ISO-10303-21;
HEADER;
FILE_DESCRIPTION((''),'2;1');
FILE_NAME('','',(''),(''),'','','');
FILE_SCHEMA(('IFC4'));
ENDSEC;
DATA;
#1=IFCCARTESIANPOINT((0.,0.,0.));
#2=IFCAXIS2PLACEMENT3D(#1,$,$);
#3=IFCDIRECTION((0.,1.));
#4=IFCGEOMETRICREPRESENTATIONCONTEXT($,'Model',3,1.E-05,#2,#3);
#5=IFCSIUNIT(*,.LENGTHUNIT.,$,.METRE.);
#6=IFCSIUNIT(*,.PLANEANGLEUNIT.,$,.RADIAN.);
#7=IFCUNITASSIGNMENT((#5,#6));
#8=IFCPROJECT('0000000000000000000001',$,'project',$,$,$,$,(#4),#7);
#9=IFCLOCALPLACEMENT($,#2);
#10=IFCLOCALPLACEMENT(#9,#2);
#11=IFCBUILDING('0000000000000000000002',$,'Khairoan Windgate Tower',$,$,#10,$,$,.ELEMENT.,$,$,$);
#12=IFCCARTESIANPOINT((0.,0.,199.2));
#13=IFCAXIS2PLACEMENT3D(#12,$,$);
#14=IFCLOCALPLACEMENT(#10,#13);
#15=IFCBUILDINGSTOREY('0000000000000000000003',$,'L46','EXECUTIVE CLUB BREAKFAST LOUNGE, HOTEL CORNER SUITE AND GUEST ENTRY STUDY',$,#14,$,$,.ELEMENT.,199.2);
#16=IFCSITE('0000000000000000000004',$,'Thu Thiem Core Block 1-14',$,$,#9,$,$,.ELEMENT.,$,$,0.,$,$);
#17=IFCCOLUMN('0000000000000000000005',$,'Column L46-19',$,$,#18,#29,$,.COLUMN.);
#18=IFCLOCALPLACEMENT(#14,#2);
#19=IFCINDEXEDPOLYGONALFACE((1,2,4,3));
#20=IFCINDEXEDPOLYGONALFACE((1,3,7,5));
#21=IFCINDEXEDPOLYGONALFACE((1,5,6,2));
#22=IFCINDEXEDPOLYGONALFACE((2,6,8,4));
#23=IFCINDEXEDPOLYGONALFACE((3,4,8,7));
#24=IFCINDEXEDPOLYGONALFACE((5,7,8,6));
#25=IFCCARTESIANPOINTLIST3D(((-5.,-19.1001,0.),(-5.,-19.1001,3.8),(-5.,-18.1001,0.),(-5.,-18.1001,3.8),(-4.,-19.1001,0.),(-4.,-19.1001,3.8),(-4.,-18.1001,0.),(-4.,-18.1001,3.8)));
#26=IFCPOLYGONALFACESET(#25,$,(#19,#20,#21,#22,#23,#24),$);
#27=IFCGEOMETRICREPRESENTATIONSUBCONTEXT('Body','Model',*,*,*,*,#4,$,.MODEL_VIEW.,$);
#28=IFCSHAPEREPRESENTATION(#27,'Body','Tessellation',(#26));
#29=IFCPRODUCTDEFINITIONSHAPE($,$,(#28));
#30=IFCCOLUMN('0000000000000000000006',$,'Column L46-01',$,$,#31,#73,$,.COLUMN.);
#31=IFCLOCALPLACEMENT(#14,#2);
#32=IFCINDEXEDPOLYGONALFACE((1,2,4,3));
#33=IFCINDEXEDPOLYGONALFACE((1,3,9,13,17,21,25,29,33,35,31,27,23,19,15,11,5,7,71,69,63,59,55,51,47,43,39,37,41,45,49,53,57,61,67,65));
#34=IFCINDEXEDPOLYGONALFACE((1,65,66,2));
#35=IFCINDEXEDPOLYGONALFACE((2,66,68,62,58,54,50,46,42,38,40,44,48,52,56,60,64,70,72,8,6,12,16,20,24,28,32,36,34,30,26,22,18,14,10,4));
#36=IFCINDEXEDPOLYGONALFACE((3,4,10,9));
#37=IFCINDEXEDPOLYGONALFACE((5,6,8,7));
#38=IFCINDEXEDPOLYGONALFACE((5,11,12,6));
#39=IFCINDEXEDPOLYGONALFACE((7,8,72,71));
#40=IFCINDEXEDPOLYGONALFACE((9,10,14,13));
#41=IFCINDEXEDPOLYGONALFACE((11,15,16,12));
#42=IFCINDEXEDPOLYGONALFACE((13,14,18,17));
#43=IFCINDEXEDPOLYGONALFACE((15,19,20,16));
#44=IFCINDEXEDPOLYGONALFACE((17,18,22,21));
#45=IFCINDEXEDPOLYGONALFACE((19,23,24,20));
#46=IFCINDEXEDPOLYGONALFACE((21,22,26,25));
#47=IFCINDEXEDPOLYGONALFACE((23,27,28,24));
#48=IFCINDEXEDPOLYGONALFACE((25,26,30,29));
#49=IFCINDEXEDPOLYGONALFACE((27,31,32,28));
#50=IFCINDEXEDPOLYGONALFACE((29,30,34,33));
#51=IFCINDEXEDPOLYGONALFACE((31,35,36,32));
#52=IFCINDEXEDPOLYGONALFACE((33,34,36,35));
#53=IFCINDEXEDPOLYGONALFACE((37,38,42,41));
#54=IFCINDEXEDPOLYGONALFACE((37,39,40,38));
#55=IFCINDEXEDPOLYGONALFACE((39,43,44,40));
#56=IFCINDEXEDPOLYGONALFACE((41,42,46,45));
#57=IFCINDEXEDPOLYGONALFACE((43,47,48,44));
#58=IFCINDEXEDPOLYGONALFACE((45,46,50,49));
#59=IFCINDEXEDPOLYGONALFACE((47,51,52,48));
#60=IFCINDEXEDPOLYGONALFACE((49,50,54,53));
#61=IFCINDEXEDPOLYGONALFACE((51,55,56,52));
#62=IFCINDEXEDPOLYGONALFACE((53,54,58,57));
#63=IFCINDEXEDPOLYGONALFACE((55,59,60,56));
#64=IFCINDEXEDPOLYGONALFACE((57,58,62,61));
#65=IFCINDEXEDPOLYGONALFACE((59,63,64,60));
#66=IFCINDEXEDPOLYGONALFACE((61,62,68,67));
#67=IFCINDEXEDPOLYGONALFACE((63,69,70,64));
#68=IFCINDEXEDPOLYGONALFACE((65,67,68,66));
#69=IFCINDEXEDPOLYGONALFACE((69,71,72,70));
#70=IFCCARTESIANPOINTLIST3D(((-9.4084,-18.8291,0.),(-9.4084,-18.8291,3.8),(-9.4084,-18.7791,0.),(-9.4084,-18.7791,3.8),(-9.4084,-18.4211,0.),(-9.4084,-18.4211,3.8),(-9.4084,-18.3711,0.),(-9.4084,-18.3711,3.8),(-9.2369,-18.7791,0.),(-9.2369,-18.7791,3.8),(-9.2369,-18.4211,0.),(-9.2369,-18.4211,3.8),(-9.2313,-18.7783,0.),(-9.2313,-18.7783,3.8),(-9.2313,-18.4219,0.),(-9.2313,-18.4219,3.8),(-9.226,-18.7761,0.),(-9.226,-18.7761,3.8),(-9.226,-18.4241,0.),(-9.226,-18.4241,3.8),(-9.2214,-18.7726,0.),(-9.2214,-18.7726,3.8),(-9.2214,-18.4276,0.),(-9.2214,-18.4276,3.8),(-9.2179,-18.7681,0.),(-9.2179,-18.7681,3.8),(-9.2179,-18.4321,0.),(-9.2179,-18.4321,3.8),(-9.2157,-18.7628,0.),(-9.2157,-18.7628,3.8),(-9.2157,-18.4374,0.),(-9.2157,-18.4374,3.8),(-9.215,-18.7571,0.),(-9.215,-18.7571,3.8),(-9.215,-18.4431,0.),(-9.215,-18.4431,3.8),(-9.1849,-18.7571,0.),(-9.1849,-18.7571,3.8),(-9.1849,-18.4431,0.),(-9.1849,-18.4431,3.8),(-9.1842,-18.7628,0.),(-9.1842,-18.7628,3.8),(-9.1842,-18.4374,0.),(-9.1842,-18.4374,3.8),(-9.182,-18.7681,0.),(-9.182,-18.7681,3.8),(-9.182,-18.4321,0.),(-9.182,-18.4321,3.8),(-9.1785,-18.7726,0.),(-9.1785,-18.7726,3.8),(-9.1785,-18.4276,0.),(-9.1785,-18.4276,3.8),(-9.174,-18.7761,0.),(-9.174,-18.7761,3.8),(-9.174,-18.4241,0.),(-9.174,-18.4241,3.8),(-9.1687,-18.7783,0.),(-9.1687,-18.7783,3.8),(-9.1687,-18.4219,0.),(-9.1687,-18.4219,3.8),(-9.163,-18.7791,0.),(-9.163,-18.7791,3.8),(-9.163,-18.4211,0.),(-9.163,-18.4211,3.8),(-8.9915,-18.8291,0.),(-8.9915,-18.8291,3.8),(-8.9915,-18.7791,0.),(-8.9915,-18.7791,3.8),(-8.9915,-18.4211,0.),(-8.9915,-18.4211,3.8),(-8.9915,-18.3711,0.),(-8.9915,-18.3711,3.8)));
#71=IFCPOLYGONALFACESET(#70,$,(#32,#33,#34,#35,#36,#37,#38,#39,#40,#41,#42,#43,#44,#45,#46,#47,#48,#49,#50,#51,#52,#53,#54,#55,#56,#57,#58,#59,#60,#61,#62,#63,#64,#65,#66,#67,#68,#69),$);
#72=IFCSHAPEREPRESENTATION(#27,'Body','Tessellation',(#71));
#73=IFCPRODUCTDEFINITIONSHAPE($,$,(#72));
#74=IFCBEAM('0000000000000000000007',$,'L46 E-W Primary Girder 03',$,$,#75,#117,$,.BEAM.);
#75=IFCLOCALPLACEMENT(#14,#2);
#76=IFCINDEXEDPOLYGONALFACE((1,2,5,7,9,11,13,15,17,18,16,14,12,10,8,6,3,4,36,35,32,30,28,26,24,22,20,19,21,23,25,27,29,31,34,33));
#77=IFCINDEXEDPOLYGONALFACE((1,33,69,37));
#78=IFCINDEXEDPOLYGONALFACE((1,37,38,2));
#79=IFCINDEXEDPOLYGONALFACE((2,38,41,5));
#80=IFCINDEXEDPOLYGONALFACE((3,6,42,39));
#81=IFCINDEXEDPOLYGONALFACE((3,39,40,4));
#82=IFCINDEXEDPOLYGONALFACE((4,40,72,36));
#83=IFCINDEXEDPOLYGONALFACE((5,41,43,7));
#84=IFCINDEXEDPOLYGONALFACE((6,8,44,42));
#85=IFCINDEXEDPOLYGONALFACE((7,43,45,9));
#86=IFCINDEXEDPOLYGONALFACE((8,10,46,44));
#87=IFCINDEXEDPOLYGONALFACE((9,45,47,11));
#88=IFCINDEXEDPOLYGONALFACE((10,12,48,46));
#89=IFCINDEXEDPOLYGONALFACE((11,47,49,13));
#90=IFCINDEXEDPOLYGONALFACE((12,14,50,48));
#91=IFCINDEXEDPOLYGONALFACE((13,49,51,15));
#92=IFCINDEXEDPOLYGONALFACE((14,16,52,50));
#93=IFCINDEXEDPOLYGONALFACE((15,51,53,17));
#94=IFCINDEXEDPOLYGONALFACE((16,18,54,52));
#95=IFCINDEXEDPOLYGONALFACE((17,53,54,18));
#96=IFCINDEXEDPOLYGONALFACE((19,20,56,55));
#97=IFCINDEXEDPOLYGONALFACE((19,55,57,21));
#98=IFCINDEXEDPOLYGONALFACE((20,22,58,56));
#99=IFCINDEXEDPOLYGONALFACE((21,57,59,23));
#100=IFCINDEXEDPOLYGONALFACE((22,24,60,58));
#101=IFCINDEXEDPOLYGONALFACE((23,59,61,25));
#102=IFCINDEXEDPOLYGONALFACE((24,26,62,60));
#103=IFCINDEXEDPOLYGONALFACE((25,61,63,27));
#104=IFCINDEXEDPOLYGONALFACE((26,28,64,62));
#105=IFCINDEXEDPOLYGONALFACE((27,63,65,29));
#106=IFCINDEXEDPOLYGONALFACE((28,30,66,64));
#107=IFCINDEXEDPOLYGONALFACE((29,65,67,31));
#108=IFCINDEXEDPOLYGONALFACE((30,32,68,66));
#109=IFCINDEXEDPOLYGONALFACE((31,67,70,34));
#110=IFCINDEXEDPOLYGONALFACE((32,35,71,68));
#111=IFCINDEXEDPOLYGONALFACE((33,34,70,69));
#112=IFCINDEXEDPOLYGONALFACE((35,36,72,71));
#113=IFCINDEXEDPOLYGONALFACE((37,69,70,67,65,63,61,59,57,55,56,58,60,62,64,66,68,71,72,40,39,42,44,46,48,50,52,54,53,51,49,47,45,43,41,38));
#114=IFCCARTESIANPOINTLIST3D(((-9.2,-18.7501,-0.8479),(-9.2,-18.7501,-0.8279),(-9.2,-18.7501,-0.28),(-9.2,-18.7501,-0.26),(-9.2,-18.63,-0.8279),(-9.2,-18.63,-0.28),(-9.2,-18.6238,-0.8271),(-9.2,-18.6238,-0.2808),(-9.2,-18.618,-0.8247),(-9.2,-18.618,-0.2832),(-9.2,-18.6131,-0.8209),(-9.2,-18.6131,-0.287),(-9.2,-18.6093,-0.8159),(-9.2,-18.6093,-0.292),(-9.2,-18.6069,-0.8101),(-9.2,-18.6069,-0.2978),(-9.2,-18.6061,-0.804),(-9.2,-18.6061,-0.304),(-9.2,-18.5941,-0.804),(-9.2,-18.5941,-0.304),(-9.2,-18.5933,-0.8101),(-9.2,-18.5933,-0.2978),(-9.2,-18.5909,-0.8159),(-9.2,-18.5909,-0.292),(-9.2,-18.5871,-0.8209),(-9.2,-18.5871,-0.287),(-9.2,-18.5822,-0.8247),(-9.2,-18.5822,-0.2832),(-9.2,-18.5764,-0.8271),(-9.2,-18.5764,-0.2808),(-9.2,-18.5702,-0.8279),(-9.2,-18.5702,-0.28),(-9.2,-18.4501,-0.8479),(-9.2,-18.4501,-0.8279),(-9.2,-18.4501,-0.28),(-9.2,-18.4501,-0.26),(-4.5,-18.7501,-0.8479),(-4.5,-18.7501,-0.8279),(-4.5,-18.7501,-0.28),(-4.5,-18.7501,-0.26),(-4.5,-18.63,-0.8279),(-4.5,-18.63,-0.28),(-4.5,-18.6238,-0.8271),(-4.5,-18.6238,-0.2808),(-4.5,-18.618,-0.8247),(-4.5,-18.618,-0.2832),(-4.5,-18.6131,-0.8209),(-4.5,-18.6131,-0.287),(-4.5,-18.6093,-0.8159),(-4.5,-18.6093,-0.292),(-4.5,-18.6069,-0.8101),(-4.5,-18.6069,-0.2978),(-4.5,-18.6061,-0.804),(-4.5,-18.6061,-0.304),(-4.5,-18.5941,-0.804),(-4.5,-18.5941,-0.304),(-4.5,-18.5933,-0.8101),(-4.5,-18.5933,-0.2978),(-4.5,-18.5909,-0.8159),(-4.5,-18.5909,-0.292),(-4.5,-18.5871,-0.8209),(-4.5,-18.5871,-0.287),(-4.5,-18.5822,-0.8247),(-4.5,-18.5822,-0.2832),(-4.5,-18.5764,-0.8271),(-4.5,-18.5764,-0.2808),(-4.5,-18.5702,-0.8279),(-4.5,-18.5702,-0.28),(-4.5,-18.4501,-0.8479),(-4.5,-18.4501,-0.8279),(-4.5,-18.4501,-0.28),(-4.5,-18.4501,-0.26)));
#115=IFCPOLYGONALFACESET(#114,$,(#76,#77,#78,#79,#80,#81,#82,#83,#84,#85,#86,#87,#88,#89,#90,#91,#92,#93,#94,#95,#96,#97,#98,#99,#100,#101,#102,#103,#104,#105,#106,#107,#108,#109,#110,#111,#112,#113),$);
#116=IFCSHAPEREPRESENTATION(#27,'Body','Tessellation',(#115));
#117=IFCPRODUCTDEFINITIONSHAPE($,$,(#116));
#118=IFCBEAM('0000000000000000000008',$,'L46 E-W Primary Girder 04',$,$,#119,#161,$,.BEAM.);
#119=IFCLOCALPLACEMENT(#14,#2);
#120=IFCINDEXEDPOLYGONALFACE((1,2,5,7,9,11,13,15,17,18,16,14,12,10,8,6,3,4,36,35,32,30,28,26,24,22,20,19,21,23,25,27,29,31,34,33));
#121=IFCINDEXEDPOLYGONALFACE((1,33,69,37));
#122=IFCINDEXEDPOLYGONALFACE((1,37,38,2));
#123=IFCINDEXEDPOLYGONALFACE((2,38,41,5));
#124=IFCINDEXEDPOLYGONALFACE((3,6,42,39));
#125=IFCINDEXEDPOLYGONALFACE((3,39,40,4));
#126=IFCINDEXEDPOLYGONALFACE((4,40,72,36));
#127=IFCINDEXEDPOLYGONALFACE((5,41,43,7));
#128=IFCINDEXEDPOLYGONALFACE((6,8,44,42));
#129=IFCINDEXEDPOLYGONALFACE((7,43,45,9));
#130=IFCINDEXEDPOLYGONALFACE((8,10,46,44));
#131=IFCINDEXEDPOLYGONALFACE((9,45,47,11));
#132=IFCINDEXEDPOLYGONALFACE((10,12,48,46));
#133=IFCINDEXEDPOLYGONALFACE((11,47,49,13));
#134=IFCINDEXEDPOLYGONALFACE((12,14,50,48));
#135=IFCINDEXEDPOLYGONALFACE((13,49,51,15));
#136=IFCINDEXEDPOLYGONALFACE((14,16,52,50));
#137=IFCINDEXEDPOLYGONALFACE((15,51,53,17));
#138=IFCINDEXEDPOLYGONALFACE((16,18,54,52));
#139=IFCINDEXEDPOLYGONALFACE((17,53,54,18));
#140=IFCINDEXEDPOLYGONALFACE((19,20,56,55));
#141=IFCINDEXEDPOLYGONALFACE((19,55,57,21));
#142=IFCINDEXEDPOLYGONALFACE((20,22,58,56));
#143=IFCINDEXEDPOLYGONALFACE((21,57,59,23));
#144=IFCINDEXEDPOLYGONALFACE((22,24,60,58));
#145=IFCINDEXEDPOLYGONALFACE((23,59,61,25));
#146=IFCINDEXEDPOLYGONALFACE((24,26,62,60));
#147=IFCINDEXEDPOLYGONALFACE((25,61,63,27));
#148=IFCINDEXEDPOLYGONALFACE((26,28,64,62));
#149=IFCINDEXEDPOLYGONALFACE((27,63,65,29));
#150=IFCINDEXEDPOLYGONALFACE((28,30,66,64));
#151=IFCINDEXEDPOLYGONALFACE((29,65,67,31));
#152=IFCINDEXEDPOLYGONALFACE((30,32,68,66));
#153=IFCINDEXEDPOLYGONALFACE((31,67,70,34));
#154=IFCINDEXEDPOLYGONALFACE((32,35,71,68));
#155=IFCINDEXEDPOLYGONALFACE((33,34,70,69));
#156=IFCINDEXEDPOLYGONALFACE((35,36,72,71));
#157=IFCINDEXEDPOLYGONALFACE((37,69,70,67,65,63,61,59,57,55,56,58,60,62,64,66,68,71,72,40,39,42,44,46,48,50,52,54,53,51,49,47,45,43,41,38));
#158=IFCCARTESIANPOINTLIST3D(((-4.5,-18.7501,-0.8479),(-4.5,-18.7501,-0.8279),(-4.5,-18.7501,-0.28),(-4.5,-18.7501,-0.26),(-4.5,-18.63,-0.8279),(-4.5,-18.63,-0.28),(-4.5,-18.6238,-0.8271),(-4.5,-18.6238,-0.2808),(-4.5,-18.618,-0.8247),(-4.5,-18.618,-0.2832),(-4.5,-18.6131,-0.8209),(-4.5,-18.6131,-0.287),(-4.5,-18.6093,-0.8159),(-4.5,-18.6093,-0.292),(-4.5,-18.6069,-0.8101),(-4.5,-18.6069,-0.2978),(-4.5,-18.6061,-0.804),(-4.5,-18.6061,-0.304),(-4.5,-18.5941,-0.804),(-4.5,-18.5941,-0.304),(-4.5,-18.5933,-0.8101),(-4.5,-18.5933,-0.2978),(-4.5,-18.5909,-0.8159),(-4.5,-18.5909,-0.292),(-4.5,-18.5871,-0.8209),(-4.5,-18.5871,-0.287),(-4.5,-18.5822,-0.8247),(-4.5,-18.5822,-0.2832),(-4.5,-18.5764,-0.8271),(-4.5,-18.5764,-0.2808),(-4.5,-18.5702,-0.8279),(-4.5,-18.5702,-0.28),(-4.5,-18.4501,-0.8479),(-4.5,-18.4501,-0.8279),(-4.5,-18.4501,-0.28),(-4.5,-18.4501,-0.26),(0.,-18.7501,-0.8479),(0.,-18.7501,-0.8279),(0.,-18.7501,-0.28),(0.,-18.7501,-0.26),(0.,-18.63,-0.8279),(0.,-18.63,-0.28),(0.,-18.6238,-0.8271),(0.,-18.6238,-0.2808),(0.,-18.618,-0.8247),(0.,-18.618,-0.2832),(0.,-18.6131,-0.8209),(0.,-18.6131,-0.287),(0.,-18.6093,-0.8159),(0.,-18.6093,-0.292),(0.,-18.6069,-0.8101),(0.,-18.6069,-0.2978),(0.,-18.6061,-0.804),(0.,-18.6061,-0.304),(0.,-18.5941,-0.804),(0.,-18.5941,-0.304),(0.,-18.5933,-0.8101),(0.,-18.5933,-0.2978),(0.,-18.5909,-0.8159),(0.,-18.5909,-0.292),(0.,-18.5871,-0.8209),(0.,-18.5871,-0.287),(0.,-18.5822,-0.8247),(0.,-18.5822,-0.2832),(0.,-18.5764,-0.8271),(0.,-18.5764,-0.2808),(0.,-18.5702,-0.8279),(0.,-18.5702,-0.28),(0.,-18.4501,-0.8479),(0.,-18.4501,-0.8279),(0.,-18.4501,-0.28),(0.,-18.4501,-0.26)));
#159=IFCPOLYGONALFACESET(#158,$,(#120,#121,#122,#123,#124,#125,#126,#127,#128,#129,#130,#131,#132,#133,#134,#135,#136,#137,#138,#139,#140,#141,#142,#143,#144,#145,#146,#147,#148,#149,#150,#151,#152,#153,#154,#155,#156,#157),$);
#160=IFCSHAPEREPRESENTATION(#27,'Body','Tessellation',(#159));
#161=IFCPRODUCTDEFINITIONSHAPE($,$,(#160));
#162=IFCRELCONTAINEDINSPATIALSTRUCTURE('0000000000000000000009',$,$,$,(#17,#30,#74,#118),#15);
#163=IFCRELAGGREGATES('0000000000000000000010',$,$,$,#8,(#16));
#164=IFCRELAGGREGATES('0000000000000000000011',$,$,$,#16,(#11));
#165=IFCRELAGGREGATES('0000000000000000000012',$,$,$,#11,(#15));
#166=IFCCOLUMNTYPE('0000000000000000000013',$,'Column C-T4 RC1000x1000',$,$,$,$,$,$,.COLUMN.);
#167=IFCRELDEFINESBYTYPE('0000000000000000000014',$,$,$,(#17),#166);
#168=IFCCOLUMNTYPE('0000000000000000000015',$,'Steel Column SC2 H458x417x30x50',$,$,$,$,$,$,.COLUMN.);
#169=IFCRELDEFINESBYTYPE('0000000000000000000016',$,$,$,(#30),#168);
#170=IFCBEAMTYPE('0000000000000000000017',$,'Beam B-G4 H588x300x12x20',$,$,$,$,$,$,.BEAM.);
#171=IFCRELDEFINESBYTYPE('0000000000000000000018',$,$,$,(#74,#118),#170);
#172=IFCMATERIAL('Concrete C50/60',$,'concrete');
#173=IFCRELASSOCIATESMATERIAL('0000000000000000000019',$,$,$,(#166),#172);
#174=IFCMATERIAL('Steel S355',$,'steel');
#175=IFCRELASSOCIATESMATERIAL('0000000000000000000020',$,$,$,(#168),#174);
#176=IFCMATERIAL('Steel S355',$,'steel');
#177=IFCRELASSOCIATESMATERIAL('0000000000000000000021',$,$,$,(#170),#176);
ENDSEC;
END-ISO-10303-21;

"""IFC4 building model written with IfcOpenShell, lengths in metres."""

from ifc_helpers import new_model, si_unit, direction, frame, origin, origin_2d, place, context, subcontext, project, spatial, rectangle, i_section, extrude, material, material_profile, profile_set, type_object, element, save


model = new_model("IFC4")

# Units and contexts
model_context = context("Model", 3, precision=1e-05, world=origin(), true_north=direction((0.0, 1.0)))
body_context = subcontext(model_context, "Body", "Model", "MODEL_VIEW")
ifc_project = project(units=[si_unit("LENGTHUNIT", "METRE"), si_unit("PLANEANGLEUNIT", "RADIAN")], contexts=[model_context])

# Site, building, storey
site_placement = place(None, origin())
site = spatial("IfcSite", under=ifc_project, at=site_placement, Name="Thu Thiem Core Block 1-14", CompositionType="ELEMENT", RefElevation=0.0)
building_placement = place(site_placement, origin())
building = spatial("IfcBuilding", under=site, at=building_placement, Name="Khairoan Windgate Tower", CompositionType="ELEMENT")
storey_placement = place(building_placement, frame((0.0, 0.0, 199.2)))
storey = spatial("IfcBuildingStorey", under=building, at=storey_placement, Name="L46", Description="EXECUTIVE CLUB BREAKFAST LOUNGE, HOTEL CORNER SUITE AND GUEST ENTRY STUDY", CompositionType="ELEMENT", Elevation=199.2)

# Columns
ifc_material_1 = material(Name="Concrete C50/60", Category="concrete")
ifc_material_profile_1 = material_profile(ifc_material_1, rectangle(XDim=1.0, YDim=1.0, at=origin_2d()))
ifc_profile_set_1 = profile_set([ifc_material_profile_1], Name="Concrete C50/60")
column_type_1 = type_object("IfcColumnType", Name="Column C-T4 RC1000x1000", PredefinedType="COLUMN", material=ifc_profile_set_1)
column_1_placement = place(storey_placement, frame((-4.5, -18.6001, 0.0), z_axis=(0.0, 0.0, 1.0), x_axis=(1.0, 0.0, 0.0)))
element("IfcColumn", 1, at=column_1_placement, inside=storey, type_object=column_type_1, Name="Column L46-19", PredefinedType="COLUMN", context=body_context, shape_type="SweptSolid", body=[
    extrude(rectangle(XDim=1.0, YDim=1.0, at=origin_2d()), origin(), (0.0, 0.0, 1.0), 3.8),
])
ifc_material_2 = material(Name="Steel S355", Category="steel")
ifc_material_profile_2 = material_profile(ifc_material_2, i_section(OverallWidth=0.417, OverallDepth=0.458, WebThickness=0.03, FlangeThickness=0.05, FilletRadius=0.022, at=origin_2d()))
ifc_profile_set_2 = profile_set([ifc_material_profile_2], Name="Steel S355")
column_type_2 = type_object("IfcColumnType", Name="Steel Column SC2 H458x417x30x50", PredefinedType="COLUMN", material=ifc_profile_set_2)
column_2_placement = place(storey_placement, frame((-9.2, -18.6001, 0.0), z_axis=(0.0, 0.0, 1.0), x_axis=(1.0, 0.0, 0.0)))
element("IfcColumn", 2, at=column_2_placement, inside=storey, type_object=column_type_2, Name="Column L46-01", PredefinedType="COLUMN", context=body_context, shape_type="SweptSolid", body=[
    extrude(i_section(OverallWidth=0.417, OverallDepth=0.458, WebThickness=0.03, FlangeThickness=0.05, FilletRadius=0.022, at=origin_2d()), origin(), (0.0, 0.0, 1.0), 3.8),
])

# Beams
ifc_material_3 = material(Name="Steel S355", Category="steel")
ifc_material_profile_3 = material_profile(ifc_material_3, i_section(OverallWidth=0.3, OverallDepth=0.5879, WebThickness=0.012, FlangeThickness=0.02, FilletRadius=0.0239, at=origin_2d()))
ifc_profile_set_3 = profile_set([ifc_material_profile_3], Name="Steel S355")
beam_type_1 = type_object("IfcBeamType", Name="Beam B-G4 H588x300x12x20", PredefinedType="BEAM", material=ifc_profile_set_3)
beam_1_placement = place(storey_placement, frame((-9.2, -18.6001, -0.554), z_axis=(1.0, 0.0, 0.0), x_axis=(0.0, 1.0, 0.0)))
element("IfcBeam", 3, at=beam_1_placement, inside=storey, type_object=beam_type_1, Name="L46 E-W Primary Girder 03", PredefinedType="BEAM", context=body_context, shape_type="SweptSolid", body=[
    extrude(i_section(OverallWidth=0.3, OverallDepth=0.5879, WebThickness=0.012, FlangeThickness=0.02, FilletRadius=0.0239, at=origin_2d()), origin(), (0.0, 0.0, 1.0), 4.7),
])
beam_2_placement = place(storey_placement, frame((-4.5, -18.6001, -0.554), z_axis=(1.0, 0.0, 0.0), x_axis=(0.0, 1.0, 0.0)))
element("IfcBeam", 4, at=beam_2_placement, inside=storey, type_object=beam_type_1, Name="L46 E-W Primary Girder 04", PredefinedType="BEAM", context=body_context, shape_type="SweptSolid", body=[
    extrude(i_section(OverallWidth=0.3, OverallDepth=0.5879, WebThickness=0.012, FlangeThickness=0.02, FilletRadius=0.0239, at=origin_2d()), origin(), (0.0, 0.0, 1.0), 4.5),
])

save(model, "model.ifc")
